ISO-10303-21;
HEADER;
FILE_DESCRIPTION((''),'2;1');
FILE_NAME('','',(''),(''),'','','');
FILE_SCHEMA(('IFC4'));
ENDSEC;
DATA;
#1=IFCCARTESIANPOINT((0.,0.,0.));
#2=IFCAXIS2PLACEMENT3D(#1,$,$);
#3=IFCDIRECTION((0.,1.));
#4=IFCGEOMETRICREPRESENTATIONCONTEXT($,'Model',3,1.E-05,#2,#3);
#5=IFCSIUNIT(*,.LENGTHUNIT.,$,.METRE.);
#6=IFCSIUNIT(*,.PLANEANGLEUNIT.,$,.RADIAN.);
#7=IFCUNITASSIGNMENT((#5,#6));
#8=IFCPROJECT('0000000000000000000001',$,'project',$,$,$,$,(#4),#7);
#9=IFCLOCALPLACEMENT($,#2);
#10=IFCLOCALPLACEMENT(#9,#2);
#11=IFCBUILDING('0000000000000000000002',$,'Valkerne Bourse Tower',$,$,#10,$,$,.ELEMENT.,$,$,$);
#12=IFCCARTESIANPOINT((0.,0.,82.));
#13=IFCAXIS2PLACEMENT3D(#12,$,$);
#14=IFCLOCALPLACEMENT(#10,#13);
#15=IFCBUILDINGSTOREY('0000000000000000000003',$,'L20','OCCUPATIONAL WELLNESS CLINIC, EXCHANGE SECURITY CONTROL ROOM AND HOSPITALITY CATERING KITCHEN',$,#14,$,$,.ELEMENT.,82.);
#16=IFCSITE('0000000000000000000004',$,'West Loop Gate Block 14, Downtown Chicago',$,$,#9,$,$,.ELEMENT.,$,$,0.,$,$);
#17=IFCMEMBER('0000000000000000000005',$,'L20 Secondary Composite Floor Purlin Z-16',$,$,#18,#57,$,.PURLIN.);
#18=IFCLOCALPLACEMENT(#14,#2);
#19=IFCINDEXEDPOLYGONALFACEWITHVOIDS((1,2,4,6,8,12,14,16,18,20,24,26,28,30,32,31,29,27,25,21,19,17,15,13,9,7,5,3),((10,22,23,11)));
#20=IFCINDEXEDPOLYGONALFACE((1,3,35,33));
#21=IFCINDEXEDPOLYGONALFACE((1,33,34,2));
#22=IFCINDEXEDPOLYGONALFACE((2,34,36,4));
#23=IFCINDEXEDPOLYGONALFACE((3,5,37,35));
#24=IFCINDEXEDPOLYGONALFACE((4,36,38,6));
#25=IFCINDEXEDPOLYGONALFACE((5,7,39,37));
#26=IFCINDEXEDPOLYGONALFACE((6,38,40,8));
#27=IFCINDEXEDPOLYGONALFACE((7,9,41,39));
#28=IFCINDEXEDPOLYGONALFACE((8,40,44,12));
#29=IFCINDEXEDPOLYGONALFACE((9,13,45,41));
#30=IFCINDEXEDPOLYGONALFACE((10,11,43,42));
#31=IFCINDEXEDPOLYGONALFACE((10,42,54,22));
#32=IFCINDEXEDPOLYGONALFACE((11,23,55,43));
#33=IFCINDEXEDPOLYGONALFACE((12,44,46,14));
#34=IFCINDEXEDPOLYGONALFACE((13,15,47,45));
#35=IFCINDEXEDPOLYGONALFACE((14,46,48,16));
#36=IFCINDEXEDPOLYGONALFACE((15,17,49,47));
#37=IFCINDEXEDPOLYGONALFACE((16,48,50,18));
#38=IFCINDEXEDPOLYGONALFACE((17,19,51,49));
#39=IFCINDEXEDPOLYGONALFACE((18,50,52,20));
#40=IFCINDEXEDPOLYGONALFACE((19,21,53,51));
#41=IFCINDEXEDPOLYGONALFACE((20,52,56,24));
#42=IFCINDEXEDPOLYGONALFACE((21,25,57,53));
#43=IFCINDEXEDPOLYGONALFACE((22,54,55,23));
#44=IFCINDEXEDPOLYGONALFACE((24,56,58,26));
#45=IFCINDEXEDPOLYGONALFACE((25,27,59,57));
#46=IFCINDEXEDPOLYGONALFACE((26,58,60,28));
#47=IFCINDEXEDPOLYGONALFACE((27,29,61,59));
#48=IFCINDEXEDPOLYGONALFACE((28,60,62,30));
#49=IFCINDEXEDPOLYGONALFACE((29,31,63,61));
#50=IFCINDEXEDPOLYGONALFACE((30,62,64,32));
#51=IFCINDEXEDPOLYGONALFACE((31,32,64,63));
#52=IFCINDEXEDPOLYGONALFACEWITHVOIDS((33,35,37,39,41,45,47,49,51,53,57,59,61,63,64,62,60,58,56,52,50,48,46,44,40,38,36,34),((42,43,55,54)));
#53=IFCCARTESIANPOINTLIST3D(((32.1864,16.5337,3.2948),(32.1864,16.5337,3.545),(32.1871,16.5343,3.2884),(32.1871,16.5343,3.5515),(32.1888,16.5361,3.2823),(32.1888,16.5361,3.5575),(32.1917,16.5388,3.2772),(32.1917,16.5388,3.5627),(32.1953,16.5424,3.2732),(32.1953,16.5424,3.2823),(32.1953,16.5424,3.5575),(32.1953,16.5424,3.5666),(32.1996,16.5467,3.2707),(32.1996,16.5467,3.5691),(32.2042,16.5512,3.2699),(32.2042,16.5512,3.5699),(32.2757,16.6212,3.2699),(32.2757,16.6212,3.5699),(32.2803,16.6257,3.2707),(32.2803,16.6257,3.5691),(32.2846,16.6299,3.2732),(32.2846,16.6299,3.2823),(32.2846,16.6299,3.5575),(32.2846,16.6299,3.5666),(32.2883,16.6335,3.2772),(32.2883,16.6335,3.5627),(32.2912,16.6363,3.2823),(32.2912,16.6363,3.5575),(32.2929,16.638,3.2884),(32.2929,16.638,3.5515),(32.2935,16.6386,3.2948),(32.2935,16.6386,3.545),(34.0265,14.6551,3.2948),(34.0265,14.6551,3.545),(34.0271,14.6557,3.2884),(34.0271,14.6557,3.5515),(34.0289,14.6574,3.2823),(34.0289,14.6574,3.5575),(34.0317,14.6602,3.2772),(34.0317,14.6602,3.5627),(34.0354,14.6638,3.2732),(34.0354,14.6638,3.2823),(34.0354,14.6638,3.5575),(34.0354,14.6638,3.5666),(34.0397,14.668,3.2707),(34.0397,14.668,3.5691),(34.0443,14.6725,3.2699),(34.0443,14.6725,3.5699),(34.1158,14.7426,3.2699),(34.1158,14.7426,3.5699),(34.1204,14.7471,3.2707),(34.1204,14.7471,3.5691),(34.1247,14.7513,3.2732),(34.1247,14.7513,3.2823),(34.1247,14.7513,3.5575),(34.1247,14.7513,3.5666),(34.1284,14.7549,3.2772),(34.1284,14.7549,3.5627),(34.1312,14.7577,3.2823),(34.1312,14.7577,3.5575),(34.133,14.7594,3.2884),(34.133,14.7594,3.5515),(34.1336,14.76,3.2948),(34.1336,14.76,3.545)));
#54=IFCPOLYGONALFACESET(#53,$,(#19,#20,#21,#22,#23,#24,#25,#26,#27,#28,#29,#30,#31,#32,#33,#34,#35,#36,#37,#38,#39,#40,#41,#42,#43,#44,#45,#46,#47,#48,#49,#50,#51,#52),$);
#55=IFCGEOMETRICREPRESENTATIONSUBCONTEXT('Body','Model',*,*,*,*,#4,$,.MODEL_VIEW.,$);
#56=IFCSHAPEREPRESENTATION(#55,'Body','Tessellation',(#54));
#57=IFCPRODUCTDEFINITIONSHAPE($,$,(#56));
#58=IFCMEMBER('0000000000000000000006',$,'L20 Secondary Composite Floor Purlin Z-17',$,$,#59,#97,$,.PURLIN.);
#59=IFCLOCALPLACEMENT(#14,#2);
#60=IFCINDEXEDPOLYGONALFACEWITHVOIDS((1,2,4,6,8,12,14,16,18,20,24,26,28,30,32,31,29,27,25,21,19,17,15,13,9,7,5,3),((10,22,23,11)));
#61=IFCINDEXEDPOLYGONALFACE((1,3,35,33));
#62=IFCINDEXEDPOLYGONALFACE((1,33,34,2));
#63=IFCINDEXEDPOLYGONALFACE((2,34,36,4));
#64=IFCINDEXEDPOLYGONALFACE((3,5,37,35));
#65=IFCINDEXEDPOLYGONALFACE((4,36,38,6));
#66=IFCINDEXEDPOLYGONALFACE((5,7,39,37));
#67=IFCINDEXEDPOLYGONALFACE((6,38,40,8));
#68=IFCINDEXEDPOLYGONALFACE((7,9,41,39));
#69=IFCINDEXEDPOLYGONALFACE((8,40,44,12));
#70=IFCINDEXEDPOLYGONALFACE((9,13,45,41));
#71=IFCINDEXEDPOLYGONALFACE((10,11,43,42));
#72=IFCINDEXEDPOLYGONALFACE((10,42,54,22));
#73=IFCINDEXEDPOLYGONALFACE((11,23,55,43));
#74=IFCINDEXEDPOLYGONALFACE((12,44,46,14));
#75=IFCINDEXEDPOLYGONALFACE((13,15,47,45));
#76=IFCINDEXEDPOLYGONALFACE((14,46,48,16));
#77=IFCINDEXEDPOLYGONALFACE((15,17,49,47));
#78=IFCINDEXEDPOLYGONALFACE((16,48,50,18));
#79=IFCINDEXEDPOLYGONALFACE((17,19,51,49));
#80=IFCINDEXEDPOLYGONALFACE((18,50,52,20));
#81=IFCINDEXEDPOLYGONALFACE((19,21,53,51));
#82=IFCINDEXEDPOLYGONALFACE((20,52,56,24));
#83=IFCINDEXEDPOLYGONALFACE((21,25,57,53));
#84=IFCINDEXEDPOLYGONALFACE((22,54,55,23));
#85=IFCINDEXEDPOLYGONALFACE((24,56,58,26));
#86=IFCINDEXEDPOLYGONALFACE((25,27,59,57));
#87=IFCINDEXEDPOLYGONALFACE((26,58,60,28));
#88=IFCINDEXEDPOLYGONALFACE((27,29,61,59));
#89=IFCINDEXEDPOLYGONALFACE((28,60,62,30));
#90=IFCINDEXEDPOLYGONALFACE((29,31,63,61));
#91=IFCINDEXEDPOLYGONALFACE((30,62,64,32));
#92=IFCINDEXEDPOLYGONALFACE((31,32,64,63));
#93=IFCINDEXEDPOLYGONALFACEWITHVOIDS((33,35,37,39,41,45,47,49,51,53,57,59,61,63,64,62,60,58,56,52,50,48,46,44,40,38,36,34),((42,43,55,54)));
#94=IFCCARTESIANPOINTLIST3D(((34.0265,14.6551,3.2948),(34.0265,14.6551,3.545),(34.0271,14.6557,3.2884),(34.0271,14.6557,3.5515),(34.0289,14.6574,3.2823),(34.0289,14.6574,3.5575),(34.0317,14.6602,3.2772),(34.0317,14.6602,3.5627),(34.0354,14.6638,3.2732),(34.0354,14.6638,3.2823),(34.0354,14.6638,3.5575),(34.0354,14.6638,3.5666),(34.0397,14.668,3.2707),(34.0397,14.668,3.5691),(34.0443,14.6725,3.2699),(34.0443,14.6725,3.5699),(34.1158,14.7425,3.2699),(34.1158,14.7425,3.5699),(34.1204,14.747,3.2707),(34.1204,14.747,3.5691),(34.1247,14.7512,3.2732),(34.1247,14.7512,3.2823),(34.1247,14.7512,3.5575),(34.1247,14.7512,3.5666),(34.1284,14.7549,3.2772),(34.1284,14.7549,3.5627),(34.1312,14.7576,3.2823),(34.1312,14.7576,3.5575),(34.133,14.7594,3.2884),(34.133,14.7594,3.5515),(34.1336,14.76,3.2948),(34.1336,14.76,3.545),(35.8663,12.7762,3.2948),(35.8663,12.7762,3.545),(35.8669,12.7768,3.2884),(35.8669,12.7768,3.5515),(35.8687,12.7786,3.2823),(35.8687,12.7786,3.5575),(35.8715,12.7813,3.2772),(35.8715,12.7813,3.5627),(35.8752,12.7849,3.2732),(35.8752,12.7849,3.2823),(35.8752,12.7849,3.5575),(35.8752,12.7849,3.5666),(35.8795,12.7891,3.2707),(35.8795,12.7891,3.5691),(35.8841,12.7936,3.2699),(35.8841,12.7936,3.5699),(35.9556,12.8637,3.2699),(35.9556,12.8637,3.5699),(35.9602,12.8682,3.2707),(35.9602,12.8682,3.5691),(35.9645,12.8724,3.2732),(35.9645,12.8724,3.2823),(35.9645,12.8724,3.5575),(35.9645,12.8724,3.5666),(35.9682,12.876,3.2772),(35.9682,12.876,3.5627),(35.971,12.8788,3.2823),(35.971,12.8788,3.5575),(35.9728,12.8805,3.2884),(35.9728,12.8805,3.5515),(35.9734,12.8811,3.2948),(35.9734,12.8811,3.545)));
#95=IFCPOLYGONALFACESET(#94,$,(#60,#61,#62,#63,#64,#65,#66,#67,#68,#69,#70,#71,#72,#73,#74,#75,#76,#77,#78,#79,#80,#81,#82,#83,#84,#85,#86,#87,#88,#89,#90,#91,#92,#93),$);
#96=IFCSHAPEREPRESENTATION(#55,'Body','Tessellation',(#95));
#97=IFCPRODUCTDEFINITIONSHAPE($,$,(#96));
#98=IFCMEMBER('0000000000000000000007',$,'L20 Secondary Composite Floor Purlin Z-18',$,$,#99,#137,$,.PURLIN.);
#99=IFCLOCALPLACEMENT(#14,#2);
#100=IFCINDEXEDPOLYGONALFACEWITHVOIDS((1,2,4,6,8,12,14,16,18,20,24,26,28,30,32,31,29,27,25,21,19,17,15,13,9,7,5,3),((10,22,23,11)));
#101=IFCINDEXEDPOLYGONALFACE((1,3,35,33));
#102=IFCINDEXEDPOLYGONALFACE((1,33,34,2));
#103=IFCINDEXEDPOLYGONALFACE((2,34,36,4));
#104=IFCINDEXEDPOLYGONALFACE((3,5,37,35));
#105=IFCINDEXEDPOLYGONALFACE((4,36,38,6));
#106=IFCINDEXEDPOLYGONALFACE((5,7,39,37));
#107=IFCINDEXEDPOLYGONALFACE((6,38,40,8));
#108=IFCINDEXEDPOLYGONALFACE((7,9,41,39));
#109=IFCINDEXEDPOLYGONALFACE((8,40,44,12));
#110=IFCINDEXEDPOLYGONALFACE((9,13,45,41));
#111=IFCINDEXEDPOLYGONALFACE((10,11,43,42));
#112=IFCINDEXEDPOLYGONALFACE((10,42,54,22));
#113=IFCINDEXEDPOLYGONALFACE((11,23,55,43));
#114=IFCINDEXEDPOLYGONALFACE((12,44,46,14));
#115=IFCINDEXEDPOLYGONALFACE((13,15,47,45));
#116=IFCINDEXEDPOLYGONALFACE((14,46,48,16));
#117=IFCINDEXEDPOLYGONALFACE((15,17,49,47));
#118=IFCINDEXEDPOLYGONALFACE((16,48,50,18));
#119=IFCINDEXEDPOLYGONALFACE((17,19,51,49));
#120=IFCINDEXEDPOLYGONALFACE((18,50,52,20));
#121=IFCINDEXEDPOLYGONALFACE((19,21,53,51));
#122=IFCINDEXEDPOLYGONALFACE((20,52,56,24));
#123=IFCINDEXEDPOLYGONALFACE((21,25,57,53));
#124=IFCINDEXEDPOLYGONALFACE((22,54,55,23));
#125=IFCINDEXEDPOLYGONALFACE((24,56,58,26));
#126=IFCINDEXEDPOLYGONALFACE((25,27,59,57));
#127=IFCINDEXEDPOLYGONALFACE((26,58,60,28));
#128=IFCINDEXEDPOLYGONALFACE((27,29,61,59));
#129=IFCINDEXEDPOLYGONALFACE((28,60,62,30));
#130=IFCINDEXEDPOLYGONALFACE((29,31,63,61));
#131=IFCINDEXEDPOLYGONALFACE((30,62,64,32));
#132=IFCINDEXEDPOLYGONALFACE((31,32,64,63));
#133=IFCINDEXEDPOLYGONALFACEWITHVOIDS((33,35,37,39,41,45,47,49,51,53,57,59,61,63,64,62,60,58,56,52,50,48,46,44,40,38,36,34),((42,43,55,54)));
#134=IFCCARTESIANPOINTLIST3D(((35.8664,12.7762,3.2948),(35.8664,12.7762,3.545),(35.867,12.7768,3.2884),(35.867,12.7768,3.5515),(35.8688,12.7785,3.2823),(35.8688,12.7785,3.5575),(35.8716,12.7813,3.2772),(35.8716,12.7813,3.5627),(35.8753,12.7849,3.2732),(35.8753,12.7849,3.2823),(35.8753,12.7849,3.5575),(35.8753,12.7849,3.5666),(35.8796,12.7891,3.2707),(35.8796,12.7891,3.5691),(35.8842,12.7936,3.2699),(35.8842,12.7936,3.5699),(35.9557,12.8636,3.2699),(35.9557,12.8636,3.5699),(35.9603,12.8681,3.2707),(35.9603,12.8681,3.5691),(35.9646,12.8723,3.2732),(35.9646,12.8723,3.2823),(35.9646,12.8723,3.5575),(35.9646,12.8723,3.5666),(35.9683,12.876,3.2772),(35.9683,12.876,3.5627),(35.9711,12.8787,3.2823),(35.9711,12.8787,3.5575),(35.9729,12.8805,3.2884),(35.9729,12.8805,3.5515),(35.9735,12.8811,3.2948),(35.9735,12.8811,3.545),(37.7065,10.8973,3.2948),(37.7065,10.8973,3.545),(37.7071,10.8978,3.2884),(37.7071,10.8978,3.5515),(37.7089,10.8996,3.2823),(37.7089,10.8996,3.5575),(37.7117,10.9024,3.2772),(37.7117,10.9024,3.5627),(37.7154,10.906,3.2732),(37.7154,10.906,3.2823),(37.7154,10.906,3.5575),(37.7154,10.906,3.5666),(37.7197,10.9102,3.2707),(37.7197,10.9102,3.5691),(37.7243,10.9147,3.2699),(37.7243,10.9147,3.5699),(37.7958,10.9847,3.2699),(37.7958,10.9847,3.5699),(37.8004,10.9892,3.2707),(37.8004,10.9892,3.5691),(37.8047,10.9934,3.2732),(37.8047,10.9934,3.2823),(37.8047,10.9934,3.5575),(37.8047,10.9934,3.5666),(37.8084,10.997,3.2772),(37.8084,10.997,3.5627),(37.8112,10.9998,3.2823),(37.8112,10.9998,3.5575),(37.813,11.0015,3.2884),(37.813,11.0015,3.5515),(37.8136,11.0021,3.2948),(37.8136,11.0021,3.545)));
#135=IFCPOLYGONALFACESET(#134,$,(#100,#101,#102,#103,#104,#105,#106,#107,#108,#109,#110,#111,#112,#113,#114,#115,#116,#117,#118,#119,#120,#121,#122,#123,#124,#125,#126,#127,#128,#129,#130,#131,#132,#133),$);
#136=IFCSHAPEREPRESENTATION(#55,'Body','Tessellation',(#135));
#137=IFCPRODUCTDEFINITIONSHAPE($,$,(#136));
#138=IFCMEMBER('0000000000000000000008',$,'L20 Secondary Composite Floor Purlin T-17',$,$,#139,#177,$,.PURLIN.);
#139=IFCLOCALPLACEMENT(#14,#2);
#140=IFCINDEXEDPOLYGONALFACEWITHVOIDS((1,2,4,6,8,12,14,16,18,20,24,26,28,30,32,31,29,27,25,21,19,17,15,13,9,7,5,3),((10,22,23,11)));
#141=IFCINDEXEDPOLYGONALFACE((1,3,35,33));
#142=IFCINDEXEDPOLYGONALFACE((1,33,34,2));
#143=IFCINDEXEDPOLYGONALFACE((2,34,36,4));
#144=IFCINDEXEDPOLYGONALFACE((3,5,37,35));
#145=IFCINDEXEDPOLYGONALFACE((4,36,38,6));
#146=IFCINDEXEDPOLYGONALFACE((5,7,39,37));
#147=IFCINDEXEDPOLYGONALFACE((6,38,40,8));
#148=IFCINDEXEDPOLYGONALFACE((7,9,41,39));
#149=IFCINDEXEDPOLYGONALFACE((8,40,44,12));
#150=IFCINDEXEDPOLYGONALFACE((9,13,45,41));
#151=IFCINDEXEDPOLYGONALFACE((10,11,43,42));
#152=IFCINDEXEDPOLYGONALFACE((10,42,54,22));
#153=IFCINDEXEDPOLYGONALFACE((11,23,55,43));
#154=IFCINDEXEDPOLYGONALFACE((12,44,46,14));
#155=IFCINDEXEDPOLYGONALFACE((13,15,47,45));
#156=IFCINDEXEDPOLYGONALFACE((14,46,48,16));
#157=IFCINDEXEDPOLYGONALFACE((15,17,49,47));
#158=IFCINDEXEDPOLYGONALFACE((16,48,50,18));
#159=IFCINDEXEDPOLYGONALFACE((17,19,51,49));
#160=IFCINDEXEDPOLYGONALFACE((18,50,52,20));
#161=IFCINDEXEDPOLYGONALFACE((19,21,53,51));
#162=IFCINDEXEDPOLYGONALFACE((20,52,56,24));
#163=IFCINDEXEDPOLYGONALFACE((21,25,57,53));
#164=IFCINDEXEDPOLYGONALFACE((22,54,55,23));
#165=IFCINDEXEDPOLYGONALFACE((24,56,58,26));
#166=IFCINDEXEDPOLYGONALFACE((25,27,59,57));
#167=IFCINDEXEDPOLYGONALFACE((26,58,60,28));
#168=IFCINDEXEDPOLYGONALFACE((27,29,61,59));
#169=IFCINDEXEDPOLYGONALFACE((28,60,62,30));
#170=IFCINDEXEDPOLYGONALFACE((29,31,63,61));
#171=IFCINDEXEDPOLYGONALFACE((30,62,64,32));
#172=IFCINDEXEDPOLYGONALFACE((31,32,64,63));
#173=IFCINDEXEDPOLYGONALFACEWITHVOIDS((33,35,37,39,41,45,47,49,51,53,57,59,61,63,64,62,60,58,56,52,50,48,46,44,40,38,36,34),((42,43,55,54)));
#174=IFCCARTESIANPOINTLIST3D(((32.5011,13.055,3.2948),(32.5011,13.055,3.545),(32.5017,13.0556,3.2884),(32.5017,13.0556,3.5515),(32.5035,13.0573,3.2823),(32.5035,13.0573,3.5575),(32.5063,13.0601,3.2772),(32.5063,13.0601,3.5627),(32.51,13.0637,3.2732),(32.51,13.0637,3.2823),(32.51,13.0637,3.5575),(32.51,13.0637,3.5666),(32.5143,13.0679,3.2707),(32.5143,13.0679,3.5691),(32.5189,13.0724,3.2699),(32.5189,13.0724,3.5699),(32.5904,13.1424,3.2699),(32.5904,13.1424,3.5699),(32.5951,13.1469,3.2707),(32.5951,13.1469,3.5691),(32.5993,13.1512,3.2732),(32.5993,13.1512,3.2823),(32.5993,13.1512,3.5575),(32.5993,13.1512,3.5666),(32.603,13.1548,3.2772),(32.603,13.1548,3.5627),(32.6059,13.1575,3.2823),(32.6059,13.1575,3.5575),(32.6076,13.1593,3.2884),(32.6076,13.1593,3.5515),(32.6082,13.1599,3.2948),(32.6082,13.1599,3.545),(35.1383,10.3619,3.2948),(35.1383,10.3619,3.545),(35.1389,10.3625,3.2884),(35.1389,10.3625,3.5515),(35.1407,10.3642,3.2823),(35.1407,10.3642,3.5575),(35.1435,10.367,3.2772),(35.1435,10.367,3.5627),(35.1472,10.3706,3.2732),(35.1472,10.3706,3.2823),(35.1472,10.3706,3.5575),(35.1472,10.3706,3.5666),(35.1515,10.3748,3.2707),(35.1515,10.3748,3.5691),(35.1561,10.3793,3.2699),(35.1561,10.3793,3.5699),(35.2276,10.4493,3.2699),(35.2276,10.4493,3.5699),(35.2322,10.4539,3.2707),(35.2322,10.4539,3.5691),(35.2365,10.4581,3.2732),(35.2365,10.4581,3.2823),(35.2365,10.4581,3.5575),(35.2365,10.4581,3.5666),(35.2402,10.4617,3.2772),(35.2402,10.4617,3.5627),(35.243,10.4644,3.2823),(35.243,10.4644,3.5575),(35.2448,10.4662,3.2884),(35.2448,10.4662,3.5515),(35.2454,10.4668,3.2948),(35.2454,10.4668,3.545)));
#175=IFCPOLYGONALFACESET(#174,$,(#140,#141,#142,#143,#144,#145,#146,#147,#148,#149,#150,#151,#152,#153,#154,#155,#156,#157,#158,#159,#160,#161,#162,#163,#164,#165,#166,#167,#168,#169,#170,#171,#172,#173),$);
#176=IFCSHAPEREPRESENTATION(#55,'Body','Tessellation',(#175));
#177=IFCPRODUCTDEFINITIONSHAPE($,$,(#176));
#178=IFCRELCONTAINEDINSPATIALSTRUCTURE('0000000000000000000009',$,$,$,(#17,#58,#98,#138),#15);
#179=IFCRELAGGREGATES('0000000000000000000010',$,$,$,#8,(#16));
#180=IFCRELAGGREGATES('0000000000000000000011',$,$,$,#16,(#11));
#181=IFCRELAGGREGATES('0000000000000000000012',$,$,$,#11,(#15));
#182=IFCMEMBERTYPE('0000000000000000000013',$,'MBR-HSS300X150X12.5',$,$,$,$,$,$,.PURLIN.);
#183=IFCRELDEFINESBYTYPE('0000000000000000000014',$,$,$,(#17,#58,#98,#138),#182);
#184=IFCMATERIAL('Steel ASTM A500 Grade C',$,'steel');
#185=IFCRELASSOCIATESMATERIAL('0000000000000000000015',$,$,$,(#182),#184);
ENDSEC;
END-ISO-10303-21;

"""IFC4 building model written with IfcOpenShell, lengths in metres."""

from ifc_helpers import new_model, si_unit, direction, frame, origin, origin_2d, place, context, subcontext, project, spatial, hollow_rectangle, extrude, material, material_profile, profile_set, type_object, element, save


model = new_model("IFC4")

# Units and contexts
model_context = context("Model", 3, precision=1e-05, world=origin(), true_north=direction((0.0, 1.0)))
body_context = subcontext(model_context, "Body", "Model", "MODEL_VIEW")
ifc_project = project(units=[si_unit("LENGTHUNIT", "METRE"), si_unit("PLANEANGLEUNIT", "RADIAN")], contexts=[model_context])

# Site, building, storey
site_placement = place(None, origin())
site = spatial("IfcSite", under=ifc_project, at=site_placement, Name="West Loop Gate Block 14, Downtown Chicago", CompositionType="ELEMENT", RefElevation=0.0)
building_placement = place(site_placement, origin())
building = spatial("IfcBuilding", under=site, at=building_placement, Name="Valkerne Bourse Tower", CompositionType="ELEMENT")
storey_placement = place(building_placement, frame((0.0, 0.0, 82.0)))
storey = spatial("IfcBuildingStorey", under=building, at=storey_placement, Name="L20", Description="OCCUPATIONAL WELLNESS CLINIC, EXCHANGE SECURITY CONTROL ROOM AND HOSPITALITY CATERING KITCHEN", CompositionType="ELEMENT", Elevation=82.0)

# Members
ifc_material_1 = material(Name="Steel ASTM A500 Grade C", Category="steel")
ifc_material_profile_1 = material_profile(ifc_material_1, hollow_rectangle(XDim=0.1499, YDim=0.3, WallThickness=0.0125, OuterFilletRadius=0.0249, at=origin_2d()), Name="HSS300X150X12.5")
ifc_profile_set_1 = profile_set([ifc_material_profile_1], Name="Steel ASTM A500 Grade C")
member_type_1 = type_object("IfcMemberType", Name="MBR-HSS300X150X12.5", PredefinedType="PURLIN", material=ifc_profile_set_1)
for number, where, z_axis, x_axis, name in (
    (1, (32.24, 16.5862, 3.4199), (0.699734, -0.714403, 0.0), (0.714403, 0.699734, 0.0), "L20 Secondary Composite Floor Purlin Z-16"),
    (2, (34.0801, 14.7075, 3.4199), (0.699641, -0.714495, 0.0), (0.714495, 0.699641, 0.0), "L20 Secondary Composite Floor Purlin Z-17"),
):
    element("IfcMember", number, at=place(storey_placement, frame(where, z_axis=z_axis, x_axis=x_axis)), inside=storey, type_object=member_type_1, Name=name, PredefinedType="PURLIN", context=body_context, shape_type="SweptSolid", body=[
        extrude(hollow_rectangle(XDim=0.1499, YDim=0.3, WallThickness=0.0125, OuterFilletRadius=0.0249, at=origin_2d()), origin(), (0.0, 0.0, 1.0), 2.6296),
    ])
member_1_placement = place(storey_placement, frame((35.9199, 12.8286, 3.4199), z_axis=(0.699688, -0.714449, 0.0), x_axis=(0.714449, 0.699688, 0.0)))
element("IfcMember", 3, at=member_1_placement, inside=storey, type_object=member_type_1, Name="L20 Secondary Composite Floor Purlin Z-18", PredefinedType="PURLIN", context=body_context, shape_type="SweptSolid", body=[
    extrude(hollow_rectangle(XDim=0.1499, YDim=0.3, WallThickness=0.0125, OuterFilletRadius=0.0249, at=origin_2d()), origin(), (0.0, 0.0, 1.0), 2.6299),
])
member_2_placement = place(storey_placement, frame((32.5547, 13.1074, 3.4199), z_axis=(0.699652, -0.714484, 0.0), x_axis=(0.714484, 0.699652, 0.0)))
element("IfcMember", 4, at=member_2_placement, inside=storey, type_object=member_type_1, Name="L20 Secondary Composite Floor Purlin T-17", PredefinedType="PURLIN", context=body_context, shape_type="SweptSolid", body=[
    extrude(hollow_rectangle(XDim=0.1499, YDim=0.3, WallThickness=0.0125, OuterFilletRadius=0.0249, at=origin_2d()), origin(), (0.0, 0.0, 1.0), 3.7693),
])

save(model, "model.ifc")
